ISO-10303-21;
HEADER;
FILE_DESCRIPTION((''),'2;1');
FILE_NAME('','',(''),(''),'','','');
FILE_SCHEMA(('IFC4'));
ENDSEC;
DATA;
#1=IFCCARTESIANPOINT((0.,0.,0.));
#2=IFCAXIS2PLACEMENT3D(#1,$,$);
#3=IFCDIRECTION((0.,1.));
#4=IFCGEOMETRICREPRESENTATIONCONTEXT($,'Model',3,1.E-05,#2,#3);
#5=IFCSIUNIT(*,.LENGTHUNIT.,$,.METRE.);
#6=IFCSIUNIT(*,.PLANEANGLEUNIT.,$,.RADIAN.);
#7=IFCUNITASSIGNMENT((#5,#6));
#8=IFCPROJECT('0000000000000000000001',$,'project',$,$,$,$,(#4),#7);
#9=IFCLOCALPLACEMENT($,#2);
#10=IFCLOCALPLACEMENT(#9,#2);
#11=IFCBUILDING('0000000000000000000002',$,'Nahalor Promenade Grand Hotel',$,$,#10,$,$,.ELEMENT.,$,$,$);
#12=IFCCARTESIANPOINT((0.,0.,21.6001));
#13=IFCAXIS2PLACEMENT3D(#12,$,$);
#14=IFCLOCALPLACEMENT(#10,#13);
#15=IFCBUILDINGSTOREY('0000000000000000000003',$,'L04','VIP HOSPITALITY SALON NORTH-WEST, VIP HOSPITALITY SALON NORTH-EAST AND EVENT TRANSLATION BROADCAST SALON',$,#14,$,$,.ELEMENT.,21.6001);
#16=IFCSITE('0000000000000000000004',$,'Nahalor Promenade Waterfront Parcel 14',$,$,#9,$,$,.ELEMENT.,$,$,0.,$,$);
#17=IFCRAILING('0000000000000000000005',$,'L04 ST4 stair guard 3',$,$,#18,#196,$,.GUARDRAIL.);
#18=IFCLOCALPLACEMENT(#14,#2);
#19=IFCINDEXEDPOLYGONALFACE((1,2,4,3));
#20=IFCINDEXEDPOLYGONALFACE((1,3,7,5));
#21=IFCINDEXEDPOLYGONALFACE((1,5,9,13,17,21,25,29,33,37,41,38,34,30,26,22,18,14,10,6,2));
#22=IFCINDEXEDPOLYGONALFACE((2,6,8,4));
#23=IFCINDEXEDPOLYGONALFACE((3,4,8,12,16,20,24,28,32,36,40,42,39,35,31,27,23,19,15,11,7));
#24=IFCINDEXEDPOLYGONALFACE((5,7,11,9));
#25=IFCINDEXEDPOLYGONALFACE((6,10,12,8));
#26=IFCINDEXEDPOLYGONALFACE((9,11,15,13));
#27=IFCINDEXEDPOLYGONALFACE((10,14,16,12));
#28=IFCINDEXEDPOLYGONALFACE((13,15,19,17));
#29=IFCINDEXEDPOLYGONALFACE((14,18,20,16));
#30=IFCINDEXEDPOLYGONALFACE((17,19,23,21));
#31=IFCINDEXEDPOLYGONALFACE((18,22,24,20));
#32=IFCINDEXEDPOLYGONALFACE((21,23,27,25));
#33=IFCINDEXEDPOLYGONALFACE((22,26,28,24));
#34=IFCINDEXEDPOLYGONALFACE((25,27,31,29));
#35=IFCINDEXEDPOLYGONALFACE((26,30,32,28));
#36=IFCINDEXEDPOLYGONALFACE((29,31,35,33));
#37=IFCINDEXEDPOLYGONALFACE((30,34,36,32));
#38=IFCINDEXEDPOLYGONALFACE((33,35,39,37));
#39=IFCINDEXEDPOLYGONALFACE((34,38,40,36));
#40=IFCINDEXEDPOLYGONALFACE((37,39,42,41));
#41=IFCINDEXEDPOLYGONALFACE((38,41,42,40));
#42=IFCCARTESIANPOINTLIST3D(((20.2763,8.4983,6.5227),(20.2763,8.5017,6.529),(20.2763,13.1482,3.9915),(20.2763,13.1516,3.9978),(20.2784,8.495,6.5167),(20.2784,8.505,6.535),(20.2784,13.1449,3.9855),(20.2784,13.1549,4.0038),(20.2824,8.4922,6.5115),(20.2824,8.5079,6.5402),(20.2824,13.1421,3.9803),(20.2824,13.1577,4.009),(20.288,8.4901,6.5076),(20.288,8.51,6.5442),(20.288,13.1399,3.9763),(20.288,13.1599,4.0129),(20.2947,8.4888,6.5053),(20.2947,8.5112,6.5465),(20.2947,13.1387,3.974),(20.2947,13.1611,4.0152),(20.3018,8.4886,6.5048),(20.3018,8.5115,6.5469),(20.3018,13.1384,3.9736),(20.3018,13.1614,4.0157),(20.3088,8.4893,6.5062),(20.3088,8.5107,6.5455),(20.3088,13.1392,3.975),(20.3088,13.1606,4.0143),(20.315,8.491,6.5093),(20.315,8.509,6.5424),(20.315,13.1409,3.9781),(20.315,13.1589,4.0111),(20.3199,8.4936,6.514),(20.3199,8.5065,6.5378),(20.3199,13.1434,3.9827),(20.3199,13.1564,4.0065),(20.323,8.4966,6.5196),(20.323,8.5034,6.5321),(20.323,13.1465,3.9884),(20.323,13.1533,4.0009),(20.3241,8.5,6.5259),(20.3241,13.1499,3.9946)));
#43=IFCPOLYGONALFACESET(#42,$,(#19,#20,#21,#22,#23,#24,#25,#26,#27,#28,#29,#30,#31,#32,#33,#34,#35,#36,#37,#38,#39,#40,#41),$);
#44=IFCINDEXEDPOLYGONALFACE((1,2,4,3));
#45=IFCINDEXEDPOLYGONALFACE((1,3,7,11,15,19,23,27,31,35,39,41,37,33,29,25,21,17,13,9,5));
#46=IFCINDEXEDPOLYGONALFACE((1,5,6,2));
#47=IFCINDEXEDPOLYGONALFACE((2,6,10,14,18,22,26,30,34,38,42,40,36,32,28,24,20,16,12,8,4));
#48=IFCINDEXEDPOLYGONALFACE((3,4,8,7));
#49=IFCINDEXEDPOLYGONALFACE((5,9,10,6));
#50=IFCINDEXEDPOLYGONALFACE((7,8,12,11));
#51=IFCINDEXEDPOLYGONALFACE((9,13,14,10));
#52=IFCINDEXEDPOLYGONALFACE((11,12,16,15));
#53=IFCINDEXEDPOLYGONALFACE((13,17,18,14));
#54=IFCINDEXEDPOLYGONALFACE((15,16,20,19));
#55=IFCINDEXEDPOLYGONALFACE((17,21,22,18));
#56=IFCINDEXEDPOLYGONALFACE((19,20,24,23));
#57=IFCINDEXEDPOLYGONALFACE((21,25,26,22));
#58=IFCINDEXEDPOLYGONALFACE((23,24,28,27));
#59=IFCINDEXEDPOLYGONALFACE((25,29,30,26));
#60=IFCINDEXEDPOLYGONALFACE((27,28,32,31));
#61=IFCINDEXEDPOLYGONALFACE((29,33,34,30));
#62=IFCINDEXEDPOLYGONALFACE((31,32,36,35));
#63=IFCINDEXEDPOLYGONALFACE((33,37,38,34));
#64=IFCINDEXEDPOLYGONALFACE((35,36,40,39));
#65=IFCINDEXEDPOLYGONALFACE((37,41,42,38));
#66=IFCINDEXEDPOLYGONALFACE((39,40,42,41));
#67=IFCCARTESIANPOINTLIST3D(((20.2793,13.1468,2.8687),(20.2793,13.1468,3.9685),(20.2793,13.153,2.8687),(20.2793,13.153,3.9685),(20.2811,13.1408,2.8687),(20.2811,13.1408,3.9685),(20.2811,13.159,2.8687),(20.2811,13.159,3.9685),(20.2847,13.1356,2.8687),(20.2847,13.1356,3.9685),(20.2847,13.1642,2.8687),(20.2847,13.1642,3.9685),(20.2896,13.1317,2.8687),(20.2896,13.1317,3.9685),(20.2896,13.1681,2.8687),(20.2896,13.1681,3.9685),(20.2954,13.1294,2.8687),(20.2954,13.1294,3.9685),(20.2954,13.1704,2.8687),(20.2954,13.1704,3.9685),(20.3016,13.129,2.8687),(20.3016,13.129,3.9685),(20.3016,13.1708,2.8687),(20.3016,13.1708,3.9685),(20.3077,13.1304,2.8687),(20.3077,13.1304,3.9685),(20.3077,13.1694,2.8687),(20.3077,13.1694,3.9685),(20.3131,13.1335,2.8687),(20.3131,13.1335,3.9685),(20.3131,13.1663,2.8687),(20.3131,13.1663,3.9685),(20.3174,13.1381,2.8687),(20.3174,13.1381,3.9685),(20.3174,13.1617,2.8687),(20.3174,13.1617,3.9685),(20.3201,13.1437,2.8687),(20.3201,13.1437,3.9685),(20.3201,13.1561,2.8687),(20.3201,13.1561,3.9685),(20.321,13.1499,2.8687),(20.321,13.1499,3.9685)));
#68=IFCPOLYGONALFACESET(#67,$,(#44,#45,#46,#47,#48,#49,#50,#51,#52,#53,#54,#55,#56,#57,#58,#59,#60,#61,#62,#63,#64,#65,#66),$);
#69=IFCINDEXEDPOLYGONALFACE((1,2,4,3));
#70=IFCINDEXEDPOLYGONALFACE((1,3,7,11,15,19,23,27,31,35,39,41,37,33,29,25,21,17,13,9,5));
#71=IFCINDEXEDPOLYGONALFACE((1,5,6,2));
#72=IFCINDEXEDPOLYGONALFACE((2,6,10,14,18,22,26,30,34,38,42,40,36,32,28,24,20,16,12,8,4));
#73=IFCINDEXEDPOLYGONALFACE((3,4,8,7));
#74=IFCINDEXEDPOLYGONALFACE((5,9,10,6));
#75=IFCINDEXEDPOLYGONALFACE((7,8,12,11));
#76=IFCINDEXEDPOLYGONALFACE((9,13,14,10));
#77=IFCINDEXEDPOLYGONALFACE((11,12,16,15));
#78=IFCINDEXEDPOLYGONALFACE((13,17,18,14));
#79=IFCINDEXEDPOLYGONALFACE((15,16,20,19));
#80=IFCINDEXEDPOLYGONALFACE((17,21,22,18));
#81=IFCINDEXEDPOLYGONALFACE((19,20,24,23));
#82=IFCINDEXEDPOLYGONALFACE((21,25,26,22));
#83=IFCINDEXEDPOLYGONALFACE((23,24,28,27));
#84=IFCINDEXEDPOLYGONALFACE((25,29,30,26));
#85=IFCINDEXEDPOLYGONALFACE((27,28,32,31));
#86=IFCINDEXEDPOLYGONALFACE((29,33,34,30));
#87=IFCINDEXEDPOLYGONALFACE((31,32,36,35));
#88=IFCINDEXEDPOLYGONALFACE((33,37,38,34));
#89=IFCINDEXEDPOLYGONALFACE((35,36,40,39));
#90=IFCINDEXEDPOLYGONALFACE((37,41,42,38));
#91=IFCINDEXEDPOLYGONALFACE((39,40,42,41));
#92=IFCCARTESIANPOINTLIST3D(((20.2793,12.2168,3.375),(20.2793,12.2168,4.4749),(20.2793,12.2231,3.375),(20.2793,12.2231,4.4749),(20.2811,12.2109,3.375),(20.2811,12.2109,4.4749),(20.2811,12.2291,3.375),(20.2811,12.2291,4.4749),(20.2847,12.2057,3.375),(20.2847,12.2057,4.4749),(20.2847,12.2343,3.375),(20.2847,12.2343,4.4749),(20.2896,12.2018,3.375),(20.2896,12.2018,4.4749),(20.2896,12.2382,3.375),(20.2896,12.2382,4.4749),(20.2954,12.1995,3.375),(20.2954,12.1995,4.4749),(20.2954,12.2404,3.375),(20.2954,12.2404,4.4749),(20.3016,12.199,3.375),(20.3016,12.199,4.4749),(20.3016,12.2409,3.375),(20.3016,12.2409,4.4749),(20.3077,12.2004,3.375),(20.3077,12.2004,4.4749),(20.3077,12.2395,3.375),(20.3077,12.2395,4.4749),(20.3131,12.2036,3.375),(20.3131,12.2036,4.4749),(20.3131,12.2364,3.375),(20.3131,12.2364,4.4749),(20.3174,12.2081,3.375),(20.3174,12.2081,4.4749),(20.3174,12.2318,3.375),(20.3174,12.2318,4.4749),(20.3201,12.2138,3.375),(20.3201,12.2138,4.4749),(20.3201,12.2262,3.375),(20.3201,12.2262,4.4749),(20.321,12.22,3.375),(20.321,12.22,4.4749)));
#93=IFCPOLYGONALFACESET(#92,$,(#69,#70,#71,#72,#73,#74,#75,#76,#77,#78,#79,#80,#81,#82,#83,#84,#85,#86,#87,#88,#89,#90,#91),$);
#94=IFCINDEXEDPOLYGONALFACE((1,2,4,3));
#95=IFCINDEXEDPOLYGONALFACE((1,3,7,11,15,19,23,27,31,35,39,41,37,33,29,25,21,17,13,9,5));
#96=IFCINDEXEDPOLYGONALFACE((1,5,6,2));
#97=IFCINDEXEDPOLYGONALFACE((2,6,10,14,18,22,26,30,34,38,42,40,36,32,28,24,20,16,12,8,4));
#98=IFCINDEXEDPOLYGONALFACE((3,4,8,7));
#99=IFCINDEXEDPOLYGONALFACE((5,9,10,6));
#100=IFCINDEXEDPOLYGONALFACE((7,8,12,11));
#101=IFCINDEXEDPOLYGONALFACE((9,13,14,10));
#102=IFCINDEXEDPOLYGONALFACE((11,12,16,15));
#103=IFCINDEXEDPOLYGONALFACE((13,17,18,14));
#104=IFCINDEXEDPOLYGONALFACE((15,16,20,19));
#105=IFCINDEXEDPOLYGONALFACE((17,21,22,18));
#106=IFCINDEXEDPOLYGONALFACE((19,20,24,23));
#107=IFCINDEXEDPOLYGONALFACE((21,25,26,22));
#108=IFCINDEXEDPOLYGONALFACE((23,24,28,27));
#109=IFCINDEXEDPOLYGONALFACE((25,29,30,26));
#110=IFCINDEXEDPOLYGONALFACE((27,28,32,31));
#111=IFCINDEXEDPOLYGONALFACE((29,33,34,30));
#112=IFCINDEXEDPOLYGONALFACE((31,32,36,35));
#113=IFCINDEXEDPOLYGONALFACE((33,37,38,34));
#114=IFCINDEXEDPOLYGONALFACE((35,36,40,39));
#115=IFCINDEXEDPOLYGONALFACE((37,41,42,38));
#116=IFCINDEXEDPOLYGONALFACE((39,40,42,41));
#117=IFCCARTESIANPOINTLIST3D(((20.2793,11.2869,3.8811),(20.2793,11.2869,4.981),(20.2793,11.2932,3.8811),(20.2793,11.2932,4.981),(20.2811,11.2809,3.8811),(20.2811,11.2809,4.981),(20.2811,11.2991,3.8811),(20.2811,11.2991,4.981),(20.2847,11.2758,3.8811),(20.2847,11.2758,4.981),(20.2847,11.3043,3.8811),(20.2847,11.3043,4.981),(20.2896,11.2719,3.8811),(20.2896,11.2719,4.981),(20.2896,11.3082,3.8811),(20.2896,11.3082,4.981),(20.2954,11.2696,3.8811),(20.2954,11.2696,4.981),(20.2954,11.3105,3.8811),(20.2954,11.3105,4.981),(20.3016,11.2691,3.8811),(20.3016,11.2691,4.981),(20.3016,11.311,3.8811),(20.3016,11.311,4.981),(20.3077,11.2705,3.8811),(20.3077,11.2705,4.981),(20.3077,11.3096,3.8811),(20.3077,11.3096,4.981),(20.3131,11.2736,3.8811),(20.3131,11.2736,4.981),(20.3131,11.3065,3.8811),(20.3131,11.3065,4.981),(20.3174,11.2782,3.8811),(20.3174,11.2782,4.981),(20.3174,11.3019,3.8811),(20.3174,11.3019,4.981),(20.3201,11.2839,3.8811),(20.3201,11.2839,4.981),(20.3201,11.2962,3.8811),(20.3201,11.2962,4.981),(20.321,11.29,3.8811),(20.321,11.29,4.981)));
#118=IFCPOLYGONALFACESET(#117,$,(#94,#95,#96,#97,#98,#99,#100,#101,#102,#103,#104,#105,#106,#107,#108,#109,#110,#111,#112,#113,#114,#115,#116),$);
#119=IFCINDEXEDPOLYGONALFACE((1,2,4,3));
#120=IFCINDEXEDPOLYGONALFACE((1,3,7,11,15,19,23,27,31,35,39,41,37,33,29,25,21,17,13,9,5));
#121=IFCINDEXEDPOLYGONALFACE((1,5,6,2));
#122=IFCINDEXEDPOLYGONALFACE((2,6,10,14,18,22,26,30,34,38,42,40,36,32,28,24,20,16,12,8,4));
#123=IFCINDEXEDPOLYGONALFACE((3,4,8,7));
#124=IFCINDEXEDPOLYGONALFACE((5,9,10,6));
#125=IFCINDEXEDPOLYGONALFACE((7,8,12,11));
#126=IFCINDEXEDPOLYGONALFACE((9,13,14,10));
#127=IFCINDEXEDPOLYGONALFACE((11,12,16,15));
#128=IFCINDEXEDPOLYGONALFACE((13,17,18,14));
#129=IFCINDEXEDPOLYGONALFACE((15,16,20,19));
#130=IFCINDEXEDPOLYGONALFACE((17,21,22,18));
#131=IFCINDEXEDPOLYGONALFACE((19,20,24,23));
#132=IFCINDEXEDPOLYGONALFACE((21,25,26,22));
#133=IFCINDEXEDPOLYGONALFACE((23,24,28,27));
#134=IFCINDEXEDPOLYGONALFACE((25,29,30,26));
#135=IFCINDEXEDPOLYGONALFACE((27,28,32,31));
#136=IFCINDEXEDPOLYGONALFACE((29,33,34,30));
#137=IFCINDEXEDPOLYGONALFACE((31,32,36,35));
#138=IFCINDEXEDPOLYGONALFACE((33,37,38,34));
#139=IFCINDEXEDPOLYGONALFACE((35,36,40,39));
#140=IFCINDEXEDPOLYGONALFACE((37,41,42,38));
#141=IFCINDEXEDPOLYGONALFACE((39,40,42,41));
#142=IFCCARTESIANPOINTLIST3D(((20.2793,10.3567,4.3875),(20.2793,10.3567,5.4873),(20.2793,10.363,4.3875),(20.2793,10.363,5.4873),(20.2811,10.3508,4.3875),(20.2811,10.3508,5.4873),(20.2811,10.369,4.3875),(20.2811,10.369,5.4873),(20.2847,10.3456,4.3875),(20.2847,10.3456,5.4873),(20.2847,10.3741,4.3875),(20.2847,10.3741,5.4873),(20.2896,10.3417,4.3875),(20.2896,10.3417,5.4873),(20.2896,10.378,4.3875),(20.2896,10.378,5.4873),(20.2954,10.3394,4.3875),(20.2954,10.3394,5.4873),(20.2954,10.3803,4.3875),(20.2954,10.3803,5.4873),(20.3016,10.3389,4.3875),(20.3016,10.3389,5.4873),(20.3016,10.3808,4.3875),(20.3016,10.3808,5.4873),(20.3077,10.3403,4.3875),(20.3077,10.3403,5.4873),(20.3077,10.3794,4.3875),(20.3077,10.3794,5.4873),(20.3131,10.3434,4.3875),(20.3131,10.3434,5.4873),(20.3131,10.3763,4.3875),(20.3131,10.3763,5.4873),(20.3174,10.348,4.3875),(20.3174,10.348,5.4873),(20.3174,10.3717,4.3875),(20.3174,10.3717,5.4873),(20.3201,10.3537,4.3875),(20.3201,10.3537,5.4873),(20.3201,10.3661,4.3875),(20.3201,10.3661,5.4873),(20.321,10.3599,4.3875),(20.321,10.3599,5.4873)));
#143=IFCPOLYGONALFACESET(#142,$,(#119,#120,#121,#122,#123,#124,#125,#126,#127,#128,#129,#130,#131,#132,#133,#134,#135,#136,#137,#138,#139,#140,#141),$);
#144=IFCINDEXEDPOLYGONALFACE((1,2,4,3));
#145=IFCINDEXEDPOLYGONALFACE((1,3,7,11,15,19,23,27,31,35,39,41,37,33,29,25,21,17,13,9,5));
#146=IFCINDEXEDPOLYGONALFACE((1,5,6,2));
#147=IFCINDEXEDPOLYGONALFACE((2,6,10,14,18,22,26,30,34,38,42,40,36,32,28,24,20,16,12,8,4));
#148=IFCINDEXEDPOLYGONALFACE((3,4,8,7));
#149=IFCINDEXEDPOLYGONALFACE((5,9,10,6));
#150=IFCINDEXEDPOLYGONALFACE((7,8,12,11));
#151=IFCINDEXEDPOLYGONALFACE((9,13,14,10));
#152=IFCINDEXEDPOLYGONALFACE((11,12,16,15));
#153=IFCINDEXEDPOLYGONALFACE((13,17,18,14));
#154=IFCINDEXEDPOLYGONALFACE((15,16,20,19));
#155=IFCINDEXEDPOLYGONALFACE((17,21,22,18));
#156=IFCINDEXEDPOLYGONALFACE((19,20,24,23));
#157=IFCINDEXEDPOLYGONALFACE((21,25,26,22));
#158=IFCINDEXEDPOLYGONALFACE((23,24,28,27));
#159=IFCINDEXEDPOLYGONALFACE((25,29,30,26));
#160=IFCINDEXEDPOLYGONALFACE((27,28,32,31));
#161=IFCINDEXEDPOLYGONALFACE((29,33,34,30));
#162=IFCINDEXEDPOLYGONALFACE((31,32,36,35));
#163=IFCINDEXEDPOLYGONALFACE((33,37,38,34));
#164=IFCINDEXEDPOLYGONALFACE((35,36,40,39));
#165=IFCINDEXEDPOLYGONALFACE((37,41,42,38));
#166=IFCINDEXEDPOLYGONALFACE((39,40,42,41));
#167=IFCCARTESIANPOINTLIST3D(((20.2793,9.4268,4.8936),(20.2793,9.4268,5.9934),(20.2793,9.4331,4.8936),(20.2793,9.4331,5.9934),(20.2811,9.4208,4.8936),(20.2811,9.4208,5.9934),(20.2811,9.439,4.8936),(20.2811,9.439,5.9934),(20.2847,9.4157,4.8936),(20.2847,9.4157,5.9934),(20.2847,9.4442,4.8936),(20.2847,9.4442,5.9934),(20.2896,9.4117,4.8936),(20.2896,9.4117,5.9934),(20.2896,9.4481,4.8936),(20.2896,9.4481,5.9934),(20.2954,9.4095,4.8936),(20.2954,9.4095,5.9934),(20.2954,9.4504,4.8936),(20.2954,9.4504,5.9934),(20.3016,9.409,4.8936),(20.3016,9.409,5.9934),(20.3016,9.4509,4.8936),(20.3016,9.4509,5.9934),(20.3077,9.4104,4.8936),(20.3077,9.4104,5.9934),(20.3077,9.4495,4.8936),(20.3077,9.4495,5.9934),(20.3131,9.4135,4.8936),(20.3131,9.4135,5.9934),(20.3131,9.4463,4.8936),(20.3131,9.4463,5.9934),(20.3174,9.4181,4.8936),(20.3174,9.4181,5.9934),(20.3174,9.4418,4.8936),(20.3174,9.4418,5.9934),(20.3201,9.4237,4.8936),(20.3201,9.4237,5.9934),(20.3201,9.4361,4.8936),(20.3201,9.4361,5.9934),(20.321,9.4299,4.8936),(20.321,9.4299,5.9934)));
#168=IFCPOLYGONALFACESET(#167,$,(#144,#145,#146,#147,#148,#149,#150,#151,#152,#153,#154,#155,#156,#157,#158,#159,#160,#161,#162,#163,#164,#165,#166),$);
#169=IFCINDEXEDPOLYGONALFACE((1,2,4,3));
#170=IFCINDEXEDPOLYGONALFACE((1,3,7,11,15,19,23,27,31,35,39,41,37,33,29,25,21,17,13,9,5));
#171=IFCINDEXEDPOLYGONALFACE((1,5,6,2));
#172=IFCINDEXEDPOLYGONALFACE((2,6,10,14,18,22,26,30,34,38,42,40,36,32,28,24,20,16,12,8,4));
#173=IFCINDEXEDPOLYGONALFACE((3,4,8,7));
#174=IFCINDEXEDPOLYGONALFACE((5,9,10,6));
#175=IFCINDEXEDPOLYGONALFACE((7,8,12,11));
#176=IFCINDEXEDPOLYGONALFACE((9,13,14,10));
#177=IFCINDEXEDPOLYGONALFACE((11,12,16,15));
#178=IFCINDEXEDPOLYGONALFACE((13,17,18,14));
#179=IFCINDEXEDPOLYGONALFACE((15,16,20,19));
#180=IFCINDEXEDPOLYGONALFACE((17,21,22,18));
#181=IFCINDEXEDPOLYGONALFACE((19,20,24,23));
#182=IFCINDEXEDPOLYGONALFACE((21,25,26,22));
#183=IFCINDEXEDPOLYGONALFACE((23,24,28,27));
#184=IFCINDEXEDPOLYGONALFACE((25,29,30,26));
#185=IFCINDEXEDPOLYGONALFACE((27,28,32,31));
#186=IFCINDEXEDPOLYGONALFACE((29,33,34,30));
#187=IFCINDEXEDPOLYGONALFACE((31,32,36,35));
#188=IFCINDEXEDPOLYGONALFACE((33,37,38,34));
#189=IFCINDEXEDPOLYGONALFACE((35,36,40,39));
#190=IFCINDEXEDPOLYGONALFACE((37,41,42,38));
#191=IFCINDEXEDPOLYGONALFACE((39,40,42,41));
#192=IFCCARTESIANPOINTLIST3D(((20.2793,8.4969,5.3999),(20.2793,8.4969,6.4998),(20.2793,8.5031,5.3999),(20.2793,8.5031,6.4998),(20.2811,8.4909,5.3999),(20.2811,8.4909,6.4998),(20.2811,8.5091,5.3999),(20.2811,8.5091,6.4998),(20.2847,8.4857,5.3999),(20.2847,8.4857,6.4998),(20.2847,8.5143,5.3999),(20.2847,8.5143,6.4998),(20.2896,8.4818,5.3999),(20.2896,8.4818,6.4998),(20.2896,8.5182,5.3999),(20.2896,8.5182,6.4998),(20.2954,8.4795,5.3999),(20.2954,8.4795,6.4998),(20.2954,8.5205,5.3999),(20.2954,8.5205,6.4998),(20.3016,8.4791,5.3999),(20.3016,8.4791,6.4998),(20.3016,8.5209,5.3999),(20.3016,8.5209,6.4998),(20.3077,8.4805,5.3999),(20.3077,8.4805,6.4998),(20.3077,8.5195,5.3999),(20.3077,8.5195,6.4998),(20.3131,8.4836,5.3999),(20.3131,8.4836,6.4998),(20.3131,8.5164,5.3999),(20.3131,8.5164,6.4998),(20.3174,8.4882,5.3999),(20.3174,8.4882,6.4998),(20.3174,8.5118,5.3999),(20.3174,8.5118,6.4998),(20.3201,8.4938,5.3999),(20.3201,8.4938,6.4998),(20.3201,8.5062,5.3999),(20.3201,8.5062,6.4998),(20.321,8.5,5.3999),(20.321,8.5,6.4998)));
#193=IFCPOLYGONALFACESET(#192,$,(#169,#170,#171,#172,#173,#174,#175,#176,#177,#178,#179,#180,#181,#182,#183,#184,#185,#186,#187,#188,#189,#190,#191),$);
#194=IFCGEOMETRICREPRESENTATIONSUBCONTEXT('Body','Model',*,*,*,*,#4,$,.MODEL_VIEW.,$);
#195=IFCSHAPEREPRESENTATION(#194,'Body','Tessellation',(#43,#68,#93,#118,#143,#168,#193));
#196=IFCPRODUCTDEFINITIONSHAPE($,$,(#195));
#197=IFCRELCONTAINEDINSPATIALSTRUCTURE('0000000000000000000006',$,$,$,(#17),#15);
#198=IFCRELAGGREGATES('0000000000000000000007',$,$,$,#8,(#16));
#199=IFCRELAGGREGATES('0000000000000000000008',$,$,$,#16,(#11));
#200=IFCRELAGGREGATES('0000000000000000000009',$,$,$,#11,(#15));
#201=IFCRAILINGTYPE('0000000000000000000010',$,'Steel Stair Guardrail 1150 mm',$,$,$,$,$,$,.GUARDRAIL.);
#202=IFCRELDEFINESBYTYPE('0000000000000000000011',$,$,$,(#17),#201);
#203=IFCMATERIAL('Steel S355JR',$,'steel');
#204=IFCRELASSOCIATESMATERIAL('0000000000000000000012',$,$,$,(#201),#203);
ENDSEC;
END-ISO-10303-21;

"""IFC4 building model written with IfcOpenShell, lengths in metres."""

from ifc_helpers import new_model, si_unit, direction, frame, origin, origin_2d, place, context, subcontext, project, spatial, circle, extrude, material, type_object, element, save


model = new_model("IFC4")

# Units and contexts
model_context = context("Model", 3, precision=1e-05, world=origin(), true_north=direction((0.0, 1.0)))
body_context = subcontext(model_context, "Body", "Model", "MODEL_VIEW")
ifc_project = project(units=[si_unit("LENGTHUNIT", "METRE"), si_unit("PLANEANGLEUNIT", "RADIAN")], contexts=[model_context])

# Site, building, storey
site_placement = place(None, origin())
site = spatial("IfcSite", under=ifc_project, at=site_placement, Name="Nahalor Promenade Waterfront Parcel 14", CompositionType="ELEMENT", RefElevation=0.0)
building_placement = place(site_placement, origin())
building = spatial("IfcBuilding", under=site, at=building_placement, Name="Nahalor Promenade Grand Hotel", CompositionType="ELEMENT")
storey_placement = place(building_placement, frame((0.0, 0.0, 21.6001)))
storey = spatial("IfcBuildingStorey", under=building, at=storey_placement, Name="L04", Description="VIP HOSPITALITY SALON NORTH-WEST, VIP HOSPITALITY SALON NORTH-EAST AND EVENT TRANSLATION BROADCAST SALON", CompositionType="ELEMENT", Elevation=21.6001)

# Shared definitions
ifc_material_1 = material(Name="Steel S355JR", Category="steel")

# Railing
railing_type_1 = type_object("IfcRailingType", Name="Steel Stair Guardrail 1150 mm", PredefinedType="GUARDRAIL", material=ifc_material_1)
railing_1_placement = place(storey_placement, frame((20.3, 13.1499, 2.8687)))
element("IfcRailing", 1, at=railing_1_placement, inside=storey, type_object=railing_type_1, Name="L04 ST4 stair guard 3", PredefinedType="GUARDRAIL", context=body_context, shape_type="SweptSolid", body=[
    extrude(circle(Radius=0.024, at=origin_2d()), frame((0.0, 0.0, 1.126), z_axis=(0.0, -0.878297, 0.478115), x_axis=(1.0, 0.0, 0.0)), (0.0, 0.0, 1.0), 5.2942),
    extrude(circle(Radius=0.021, at=origin_2d()), origin(), (0.0, 0.0, 1.0), 1.0999),
    extrude(circle(Radius=0.021, at=origin_2d()), frame((0.0, -0.9299, 0.5063)), (0.0, 0.0, 1.0), 1.0999),
    extrude(circle(Radius=0.021, at=origin_2d()), frame((0.0, -1.8599, 1.0125)), (0.0, 0.0, 1.0), 1.0999),
    extrude(circle(Radius=0.021, at=origin_2d()), frame((0.0, -2.79, 1.5188)), (0.0, 0.0, 1.0), 1.0999),
    extrude(circle(Radius=0.021, at=origin_2d()), frame((0.0, -3.72, 2.0249)), (0.0, 0.0, 1.0), 1.0999),
    extrude(circle(Radius=0.021, at=origin_2d()), frame((0.0, -4.6499, 2.5312)), (0.0, 0.0, 1.0), 1.0999),
])

save(model, "model.ifc")
